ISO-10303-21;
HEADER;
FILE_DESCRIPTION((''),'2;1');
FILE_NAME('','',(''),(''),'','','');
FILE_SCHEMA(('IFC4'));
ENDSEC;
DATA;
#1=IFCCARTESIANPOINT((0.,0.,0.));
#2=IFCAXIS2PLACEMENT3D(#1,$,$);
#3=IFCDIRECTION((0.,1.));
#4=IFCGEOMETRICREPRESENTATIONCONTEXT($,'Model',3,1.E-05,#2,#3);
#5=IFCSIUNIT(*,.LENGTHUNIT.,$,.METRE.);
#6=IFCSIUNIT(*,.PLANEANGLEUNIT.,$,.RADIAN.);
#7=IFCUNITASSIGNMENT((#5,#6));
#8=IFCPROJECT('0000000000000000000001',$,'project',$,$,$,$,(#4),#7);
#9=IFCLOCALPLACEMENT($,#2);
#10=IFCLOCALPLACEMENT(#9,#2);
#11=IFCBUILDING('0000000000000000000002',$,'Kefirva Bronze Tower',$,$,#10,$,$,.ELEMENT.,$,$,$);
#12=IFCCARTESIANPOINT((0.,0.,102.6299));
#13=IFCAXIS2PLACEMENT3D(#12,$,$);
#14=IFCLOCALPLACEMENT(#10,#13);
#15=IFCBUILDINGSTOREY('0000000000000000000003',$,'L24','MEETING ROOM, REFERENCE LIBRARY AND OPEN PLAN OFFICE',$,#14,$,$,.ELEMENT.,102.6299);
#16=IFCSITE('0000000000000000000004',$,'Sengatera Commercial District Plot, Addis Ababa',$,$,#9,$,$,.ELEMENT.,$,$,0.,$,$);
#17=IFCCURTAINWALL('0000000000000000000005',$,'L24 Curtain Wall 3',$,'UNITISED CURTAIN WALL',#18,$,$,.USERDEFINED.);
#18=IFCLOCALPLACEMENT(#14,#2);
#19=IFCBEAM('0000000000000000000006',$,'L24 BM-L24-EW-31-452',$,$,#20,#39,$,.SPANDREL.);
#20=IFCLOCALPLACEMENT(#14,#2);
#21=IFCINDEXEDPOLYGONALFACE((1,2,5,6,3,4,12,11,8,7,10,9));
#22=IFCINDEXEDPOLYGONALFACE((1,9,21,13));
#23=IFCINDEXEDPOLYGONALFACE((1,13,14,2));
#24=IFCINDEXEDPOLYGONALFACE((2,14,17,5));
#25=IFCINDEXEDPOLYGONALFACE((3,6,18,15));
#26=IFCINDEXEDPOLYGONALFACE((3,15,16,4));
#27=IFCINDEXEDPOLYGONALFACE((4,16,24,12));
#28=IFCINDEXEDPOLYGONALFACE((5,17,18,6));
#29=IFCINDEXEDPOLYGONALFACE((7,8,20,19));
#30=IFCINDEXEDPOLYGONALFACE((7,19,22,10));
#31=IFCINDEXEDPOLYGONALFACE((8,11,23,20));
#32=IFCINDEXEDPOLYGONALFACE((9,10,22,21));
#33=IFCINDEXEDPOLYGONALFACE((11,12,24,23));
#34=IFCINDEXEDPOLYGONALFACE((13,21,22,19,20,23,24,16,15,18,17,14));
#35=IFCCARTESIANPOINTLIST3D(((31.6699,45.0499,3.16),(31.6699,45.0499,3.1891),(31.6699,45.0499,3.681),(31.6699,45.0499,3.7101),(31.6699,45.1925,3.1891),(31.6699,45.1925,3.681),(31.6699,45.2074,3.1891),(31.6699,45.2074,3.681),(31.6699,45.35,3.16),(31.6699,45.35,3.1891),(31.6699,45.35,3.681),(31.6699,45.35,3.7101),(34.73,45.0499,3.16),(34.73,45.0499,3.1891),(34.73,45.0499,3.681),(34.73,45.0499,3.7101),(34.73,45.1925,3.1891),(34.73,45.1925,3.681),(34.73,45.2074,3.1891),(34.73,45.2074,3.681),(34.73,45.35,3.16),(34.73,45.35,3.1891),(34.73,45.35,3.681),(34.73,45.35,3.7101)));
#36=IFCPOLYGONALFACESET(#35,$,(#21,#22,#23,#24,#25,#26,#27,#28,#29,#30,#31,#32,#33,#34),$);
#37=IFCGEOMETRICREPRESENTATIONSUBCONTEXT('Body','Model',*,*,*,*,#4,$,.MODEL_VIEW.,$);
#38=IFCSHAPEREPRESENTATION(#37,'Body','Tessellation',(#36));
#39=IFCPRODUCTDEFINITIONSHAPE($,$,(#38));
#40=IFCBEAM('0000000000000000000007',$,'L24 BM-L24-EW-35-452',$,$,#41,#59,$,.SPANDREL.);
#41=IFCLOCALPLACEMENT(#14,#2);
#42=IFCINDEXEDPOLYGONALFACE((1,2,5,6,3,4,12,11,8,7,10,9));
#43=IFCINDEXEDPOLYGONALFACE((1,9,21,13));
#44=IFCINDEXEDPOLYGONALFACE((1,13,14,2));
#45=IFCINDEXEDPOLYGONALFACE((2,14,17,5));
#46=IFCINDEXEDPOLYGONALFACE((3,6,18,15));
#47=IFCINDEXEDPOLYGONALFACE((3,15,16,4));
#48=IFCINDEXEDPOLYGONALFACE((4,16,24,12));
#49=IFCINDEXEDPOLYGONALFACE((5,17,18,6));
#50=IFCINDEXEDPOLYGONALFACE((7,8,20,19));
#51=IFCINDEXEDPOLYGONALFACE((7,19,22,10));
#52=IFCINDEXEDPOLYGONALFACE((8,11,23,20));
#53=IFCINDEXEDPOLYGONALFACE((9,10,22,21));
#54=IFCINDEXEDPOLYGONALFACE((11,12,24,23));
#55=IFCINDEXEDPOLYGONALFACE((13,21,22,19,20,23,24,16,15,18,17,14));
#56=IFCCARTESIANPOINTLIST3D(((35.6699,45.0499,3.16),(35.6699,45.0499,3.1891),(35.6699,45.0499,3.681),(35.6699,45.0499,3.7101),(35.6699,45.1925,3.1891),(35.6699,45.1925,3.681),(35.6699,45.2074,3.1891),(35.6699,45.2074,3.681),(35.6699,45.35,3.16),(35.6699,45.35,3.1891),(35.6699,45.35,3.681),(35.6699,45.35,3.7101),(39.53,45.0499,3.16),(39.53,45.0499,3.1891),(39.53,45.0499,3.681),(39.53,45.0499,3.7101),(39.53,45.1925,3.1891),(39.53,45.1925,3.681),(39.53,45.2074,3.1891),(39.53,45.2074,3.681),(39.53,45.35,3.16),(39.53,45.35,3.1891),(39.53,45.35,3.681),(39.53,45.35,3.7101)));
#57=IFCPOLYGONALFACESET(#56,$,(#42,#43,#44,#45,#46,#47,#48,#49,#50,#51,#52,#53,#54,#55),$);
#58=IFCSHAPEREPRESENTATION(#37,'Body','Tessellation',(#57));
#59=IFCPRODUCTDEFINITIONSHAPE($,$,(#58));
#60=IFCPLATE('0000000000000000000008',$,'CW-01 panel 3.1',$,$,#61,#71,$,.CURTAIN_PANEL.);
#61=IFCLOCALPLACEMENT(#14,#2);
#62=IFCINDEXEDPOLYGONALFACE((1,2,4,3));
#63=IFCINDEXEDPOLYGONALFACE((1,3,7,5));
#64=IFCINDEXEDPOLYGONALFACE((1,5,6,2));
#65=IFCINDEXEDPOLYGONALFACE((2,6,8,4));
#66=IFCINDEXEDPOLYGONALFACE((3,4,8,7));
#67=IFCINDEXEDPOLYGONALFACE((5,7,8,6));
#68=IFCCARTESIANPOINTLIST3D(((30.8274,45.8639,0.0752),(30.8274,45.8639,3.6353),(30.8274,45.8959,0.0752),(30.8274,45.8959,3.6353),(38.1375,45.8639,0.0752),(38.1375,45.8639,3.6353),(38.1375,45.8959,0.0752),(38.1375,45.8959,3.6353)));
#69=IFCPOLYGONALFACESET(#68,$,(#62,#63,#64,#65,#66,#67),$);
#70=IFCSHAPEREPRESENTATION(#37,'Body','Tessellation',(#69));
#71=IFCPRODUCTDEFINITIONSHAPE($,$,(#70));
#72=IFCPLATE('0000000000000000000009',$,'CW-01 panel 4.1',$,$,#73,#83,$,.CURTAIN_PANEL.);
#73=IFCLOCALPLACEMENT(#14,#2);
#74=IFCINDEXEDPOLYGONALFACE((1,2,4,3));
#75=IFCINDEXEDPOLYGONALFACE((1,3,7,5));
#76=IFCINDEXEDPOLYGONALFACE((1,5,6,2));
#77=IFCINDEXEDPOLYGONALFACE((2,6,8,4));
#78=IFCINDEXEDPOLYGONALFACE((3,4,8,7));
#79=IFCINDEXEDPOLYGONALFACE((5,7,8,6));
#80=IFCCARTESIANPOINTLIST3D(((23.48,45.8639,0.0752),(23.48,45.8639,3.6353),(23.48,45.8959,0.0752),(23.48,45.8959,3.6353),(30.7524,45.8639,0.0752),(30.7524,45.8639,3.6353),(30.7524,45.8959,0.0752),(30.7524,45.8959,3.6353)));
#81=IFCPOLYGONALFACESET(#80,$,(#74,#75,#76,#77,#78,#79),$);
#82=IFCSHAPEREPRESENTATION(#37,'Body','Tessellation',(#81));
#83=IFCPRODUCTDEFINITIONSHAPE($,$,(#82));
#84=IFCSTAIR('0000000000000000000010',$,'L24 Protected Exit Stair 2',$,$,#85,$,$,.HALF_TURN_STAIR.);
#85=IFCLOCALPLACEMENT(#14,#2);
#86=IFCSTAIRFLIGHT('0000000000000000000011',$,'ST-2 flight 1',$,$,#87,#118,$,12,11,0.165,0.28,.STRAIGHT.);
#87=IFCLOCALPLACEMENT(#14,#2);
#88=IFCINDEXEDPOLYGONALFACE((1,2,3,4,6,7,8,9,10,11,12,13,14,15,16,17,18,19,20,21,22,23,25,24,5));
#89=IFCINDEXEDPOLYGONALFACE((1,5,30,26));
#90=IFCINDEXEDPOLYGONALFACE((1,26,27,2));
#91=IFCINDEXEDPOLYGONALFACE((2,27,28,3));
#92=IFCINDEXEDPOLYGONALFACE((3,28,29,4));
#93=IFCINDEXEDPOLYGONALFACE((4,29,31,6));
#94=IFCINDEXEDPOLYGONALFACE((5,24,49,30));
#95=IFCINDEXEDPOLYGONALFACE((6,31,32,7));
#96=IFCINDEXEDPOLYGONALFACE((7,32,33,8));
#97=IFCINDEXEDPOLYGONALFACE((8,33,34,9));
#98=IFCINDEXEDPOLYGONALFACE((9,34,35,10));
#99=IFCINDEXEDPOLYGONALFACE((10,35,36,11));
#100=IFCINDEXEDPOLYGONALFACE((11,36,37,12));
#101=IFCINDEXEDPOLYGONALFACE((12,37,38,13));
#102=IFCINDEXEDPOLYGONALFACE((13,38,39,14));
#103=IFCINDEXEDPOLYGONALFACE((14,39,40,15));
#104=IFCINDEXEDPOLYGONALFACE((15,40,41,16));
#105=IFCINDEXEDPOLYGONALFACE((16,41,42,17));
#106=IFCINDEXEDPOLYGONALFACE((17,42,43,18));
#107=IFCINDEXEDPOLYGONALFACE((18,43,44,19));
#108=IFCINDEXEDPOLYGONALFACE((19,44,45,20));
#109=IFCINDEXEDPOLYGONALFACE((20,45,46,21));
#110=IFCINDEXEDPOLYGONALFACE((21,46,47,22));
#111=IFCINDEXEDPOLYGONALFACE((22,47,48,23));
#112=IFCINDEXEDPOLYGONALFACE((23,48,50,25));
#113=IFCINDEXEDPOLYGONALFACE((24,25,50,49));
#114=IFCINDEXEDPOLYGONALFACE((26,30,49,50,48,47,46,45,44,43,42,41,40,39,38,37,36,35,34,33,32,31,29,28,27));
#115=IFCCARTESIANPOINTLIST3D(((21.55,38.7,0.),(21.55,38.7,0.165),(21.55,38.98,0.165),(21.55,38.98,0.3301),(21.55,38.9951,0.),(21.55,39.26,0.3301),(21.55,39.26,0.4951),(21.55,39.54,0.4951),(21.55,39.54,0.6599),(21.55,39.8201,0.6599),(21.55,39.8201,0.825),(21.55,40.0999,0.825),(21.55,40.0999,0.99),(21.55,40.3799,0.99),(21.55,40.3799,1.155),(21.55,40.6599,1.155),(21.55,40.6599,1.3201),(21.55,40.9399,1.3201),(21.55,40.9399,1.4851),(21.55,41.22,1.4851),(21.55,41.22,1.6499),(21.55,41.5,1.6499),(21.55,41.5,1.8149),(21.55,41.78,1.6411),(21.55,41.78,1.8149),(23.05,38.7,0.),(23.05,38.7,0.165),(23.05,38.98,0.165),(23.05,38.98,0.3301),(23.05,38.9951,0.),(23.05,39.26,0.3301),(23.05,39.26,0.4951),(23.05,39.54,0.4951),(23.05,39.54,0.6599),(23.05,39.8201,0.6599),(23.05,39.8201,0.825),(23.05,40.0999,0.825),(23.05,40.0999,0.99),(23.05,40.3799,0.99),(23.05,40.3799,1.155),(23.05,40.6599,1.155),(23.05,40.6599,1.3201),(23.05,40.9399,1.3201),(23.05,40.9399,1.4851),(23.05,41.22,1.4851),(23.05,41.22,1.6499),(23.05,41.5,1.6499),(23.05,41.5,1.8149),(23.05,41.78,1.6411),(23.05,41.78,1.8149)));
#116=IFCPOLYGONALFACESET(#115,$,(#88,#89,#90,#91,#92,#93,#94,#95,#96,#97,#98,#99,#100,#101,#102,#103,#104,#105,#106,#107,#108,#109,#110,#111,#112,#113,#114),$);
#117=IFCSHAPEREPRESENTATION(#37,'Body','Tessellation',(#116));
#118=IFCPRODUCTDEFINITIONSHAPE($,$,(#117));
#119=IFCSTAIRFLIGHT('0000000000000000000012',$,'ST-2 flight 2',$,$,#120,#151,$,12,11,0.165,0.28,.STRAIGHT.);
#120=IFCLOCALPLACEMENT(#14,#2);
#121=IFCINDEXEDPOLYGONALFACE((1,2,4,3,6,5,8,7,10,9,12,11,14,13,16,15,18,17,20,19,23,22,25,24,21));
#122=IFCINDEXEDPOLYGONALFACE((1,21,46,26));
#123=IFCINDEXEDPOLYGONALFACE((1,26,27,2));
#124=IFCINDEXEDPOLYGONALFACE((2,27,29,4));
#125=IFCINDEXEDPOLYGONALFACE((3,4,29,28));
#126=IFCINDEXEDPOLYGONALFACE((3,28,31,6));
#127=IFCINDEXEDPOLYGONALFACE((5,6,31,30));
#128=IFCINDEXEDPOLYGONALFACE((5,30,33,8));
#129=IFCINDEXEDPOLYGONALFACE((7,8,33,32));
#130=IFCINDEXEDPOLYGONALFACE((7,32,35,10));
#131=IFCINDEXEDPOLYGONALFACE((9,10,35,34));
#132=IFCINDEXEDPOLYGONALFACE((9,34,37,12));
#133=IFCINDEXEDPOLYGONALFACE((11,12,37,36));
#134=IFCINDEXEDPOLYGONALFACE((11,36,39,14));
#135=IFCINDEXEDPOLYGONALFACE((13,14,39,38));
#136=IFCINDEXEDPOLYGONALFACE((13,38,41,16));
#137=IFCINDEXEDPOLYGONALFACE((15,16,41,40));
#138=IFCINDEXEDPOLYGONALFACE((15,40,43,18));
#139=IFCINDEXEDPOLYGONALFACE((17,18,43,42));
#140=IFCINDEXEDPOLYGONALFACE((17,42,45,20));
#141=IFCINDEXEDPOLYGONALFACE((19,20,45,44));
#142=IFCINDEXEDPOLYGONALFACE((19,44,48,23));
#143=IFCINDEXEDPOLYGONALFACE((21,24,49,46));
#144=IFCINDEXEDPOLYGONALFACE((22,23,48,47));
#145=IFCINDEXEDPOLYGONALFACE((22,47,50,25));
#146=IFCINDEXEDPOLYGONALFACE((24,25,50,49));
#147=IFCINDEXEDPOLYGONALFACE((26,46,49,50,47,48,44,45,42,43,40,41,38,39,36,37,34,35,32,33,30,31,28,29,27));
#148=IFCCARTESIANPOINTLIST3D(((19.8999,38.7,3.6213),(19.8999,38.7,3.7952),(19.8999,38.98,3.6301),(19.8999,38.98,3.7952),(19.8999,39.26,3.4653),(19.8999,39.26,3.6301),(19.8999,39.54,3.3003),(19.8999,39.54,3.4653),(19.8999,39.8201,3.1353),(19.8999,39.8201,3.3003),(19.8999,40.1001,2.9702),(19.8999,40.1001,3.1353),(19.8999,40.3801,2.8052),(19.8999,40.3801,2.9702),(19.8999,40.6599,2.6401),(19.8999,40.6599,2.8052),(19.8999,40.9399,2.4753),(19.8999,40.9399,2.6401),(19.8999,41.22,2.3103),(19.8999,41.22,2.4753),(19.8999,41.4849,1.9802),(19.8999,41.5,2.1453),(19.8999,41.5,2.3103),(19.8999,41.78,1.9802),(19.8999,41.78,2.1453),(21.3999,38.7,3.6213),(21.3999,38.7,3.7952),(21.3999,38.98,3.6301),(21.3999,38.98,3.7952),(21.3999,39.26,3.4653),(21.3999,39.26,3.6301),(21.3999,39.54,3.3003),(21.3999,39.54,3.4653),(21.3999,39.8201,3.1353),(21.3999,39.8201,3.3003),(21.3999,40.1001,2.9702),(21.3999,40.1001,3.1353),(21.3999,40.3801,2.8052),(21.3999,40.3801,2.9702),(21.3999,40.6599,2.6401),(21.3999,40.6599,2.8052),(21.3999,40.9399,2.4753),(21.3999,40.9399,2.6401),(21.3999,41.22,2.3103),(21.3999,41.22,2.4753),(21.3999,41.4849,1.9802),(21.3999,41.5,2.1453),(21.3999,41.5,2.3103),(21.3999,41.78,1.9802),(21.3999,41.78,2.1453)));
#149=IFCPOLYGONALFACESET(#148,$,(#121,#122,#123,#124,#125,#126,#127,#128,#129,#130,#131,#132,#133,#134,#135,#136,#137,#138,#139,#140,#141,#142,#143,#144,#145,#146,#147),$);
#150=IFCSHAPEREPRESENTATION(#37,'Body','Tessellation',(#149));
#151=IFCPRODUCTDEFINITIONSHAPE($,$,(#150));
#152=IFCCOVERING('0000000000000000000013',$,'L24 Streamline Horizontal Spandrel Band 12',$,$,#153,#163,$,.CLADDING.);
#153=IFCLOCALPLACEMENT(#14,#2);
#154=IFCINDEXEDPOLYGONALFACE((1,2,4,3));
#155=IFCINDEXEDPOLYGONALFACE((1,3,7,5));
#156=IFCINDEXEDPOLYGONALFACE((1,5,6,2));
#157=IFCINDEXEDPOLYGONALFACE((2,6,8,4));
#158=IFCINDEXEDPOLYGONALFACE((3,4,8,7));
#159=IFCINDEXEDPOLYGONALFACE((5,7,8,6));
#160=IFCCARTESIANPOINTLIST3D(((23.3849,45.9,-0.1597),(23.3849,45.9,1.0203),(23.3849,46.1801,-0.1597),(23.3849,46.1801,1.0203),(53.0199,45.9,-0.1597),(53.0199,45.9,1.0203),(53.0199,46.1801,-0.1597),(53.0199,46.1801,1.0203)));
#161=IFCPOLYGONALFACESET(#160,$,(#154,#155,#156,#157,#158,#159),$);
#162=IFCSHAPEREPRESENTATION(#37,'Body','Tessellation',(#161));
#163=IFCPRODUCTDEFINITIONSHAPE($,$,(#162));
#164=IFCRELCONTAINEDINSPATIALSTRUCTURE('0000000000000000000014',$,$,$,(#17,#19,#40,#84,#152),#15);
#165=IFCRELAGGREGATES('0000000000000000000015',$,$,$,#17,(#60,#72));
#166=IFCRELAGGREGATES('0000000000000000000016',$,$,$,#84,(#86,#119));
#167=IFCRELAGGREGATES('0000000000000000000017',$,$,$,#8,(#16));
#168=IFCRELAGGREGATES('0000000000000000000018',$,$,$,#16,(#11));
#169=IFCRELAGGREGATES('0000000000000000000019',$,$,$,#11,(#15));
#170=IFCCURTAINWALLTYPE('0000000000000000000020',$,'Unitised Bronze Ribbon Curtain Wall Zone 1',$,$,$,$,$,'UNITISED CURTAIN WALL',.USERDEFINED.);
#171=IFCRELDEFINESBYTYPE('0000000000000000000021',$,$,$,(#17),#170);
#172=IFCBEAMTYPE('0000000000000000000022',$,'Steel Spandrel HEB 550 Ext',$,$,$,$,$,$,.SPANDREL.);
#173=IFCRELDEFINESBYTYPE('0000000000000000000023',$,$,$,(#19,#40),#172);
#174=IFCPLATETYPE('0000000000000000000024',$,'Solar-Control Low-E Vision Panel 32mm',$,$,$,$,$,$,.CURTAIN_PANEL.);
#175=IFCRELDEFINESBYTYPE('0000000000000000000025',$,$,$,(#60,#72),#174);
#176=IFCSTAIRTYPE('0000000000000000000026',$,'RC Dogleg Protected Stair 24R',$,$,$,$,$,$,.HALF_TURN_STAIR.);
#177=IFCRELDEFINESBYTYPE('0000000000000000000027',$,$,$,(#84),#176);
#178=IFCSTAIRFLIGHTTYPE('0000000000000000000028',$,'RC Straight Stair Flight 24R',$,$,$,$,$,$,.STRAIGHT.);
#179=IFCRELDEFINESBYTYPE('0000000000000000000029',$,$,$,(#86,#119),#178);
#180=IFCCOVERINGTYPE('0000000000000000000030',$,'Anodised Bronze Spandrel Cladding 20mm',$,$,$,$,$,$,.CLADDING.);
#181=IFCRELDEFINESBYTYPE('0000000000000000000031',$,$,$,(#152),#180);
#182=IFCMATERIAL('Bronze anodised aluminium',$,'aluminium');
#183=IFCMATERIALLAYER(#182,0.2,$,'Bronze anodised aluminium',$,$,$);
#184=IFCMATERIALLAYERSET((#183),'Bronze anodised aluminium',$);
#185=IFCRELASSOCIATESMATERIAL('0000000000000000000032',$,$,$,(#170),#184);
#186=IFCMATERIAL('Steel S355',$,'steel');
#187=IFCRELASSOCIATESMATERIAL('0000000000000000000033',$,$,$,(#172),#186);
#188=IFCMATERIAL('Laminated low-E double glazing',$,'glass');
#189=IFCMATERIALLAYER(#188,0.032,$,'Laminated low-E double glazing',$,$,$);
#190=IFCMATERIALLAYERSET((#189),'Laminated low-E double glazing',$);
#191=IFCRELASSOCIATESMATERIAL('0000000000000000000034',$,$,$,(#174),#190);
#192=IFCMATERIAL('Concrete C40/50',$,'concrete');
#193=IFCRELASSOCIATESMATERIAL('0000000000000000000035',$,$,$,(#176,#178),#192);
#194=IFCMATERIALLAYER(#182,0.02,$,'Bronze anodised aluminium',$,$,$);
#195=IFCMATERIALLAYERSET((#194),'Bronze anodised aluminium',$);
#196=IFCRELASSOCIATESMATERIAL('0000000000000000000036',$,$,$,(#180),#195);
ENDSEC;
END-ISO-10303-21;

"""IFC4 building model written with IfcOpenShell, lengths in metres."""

from ifc_helpers import new_model, si_unit, direction, frame, origin, origin_2d, place, context, subcontext, project, spatial, polyline, rectangle, i_section, outline, extrude, material, layer, layer_set, material_profile, profile_set, type_object, element, aggregate, save


model = new_model("IFC4")

# Units and contexts
model_context = context("Model", 3, precision=1e-05, world=origin(), true_north=direction((0.0, 1.0)))
body_context = subcontext(model_context, "Body", "Model", "MODEL_VIEW")
ifc_project = project(units=[si_unit("LENGTHUNIT", "METRE"), si_unit("PLANEANGLEUNIT", "RADIAN")], contexts=[model_context])

# Site, building, storey
site_placement = place(None, origin())
site = spatial("IfcSite", under=ifc_project, at=site_placement, Name="Sengatera Commercial District Plot, Addis Ababa", CompositionType="ELEMENT", RefElevation=0.0)
building_placement = place(site_placement, origin())
building = spatial("IfcBuilding", under=site, at=building_placement, Name="Kefirva Bronze Tower", CompositionType="ELEMENT")
storey_placement = place(building_placement, frame((0.0, 0.0, 102.6299)))
storey = spatial("IfcBuildingStorey", under=building, at=storey_placement, Name="L24", Description="MEETING ROOM, REFERENCE LIBRARY AND OPEN PLAN OFFICE", CompositionType="ELEMENT", Elevation=102.6299)

# Curtain wall
ifc_material_1 = material(Name="Bronze anodised aluminium", Category="aluminium")
ifc_layer_1 = layer(ifc_material_1, 0.2, Name="Bronze anodised aluminium")
ifc_layer_set_1 = layer_set([ifc_layer_1], Name="Bronze anodised aluminium")
curtain_wall_type = type_object("IfcCurtainWallType", Name="Unitised Bronze Ribbon Curtain Wall Zone 1", ElementType="UNITISED CURTAIN WALL", PredefinedType="USERDEFINED", material=ifc_layer_set_1)
curtain_wall_placement = place(storey_placement, origin())
curtain_wall = element("IfcCurtainWall", 1, at=curtain_wall_placement, inside=storey, type_object=curtain_wall_type, Name="L24 Curtain Wall 3", ObjectType="UNITISED CURTAIN WALL", PredefinedType="USERDEFINED")

# Beams
ifc_material_2 = material(Name="Steel S355", Category="steel")
ifc_material_profile_1 = material_profile(ifc_material_2, i_section(OverallWidth=0.3, OverallDepth=0.55, WebThickness=0.0149, FlangeThickness=0.0291, at=origin_2d()), Name="HEB 550")
ifc_profile_set_1 = profile_set([ifc_material_profile_1], Name="Steel S355")
beam_type_1 = type_object("IfcBeamType", Name="Steel Spandrel HEB 550 Ext", PredefinedType="SPANDREL", material=ifc_profile_set_1)
beam_1_placement = place(storey_placement, frame((31.6699, 45.2, 3.4351), z_axis=(1.0, 0.0, 0.0), x_axis=(0.0, 1.0, 0.0)))
element("IfcBeam", 2, at=beam_1_placement, inside=storey, type_object=beam_type_1, Name="L24 BM-L24-EW-31-452", PredefinedType="SPANDREL", context=body_context, shape_type="SweptSolid", body=[
    extrude(i_section(OverallWidth=0.3, OverallDepth=0.55, WebThickness=0.0149, FlangeThickness=0.0291, at=origin_2d()), origin(), (0.0, 0.0, 1.0), 3.0601),
])
beam_2_placement = place(storey_placement, frame((35.6699, 45.2, 3.4351), z_axis=(1.0, 0.0, 0.0), x_axis=(0.0, 1.0, 0.0)))
element("IfcBeam", 3, at=beam_2_placement, inside=storey, type_object=beam_type_1, Name="L24 BM-L24-EW-35-452", PredefinedType="SPANDREL", context=body_context, shape_type="SweptSolid", body=[
    extrude(i_section(OverallWidth=0.3, OverallDepth=0.55, WebThickness=0.0149, FlangeThickness=0.0291, at=origin_2d()), origin(), (0.0, 0.0, 1.0), 3.8601),
])

# Plates
ifc_material_3 = material(Name="Laminated low-E double glazing", Category="glass")
ifc_layer_2 = layer(ifc_material_3, 0.032, Name="Laminated low-E double glazing")
ifc_layer_set_2 = layer_set([ifc_layer_2], Name="Laminated low-E double glazing")
plate_type = type_object("IfcPlateType", Name="Solar-Control Low-E Vision Panel 32mm", PredefinedType="CURTAIN_PANEL", material=ifc_layer_set_2)
plate_1_placement = place(storey_placement, frame((34.4824, 45.8799, 0.0752), z_axis=(0.0, 0.0, 1.0), x_axis=(-1.0, 0.0, 0.0)))
plate_1 = element("IfcPlate", 4, at=plate_1_placement, type_object=plate_type, Name="CW-01 panel 3.1", PredefinedType="CURTAIN_PANEL", context=body_context, shape_type="SweptSolid", body=[
    extrude(rectangle(XDim=7.3101, YDim=0.032, at=origin_2d()), origin(), (0.0, 0.0, 1.0), 3.5601),
])
plate_2_placement = place(storey_placement, frame((27.1162, 45.8799, 0.0752), z_axis=(0.0, 0.0, 1.0), x_axis=(-1.0, 0.0, 0.0)))
plate_2 = element("IfcPlate", 5, at=plate_2_placement, type_object=plate_type, Name="CW-01 panel 4.1", PredefinedType="CURTAIN_PANEL", context=body_context, shape_type="SweptSolid", body=[
    extrude(rectangle(XDim=7.2725, YDim=0.032, at=origin_2d()), origin(), (0.0, 0.0, 1.0), 3.5601),
])
aggregate(curtain_wall, [plate_1, plate_2])

# Stair, stair flights
ifc_material_4 = material(Name="Concrete C40/50", Category="concrete")
stair_type = type_object("IfcStairType", Name="RC Dogleg Protected Stair 24R", PredefinedType="HALF_TURN_STAIR", material=ifc_material_4)
stair_placement = place(storey_placement, origin())
stair = element("IfcStair", 6, at=stair_placement, inside=storey, type_object=stair_type, Name="L24 Protected Exit Stair 2", PredefinedType="HALF_TURN_STAIR")
stair_flight_type = type_object("IfcStairFlightType", Name="RC Straight Stair Flight 24R", PredefinedType="STRAIGHT", material=ifc_material_4)
stair_flight_1_placement = place(storey_placement, frame((22.3, 38.7, 0.0), z_axis=(0.0, 0.0, 1.0), x_axis=(0.0, 1.0, 0.0)))
stair_flight_1 = element("IfcStairFlight", 7, at=stair_flight_1_placement, type_object=stair_flight_type, Name="ST-2 flight 1", NumberOfRisers=12, NumberOfTreads=11, PredefinedType="STRAIGHT", RiserHeight=0.165, TreadLength=0.28, context=body_context, shape_type="SweptSolid", body=[
    extrude(outline(polyline([(0.0, 0.0), (0.0, 0.165), (0.28, 0.165), (0.28, 0.3301), (0.5601, 0.3301), (0.5601, 0.4951), (0.8401, 0.4951), (0.8401, 0.6599), (1.1201, 0.6599), (1.1201, 0.825), (1.3999, 0.825), (1.3999, 0.99), (1.6799, 0.99), (1.6799, 1.155), (1.96, 1.155), (1.96, 1.3201), (2.24, 1.3201), (2.24, 1.4851), (2.52, 1.4851), (2.52, 1.6499), (2.8, 1.6499), (2.8, 1.8149), (3.0801, 1.8149), (3.0801, 1.98), (3.0801, 1.6411), (0.2952, 0.0), (0.0, 0.0)])), frame((0.0, 0.75, 0.0), z_axis=(0.0, -1.0, 0.0), x_axis=(1.0, 0.0, 0.0)), (0.0, 0.0, 1.0), 1.5),
])
stair_flight_2_placement = place(storey_placement, frame((20.6499, 41.78, 1.9802), z_axis=(0.0, 0.0, 1.0), x_axis=(0.0, -1.0, 0.0)))
stair_flight_2 = element("IfcStairFlight", 8, at=stair_flight_2_placement, type_object=stair_flight_type, Name="ST-2 flight 2", NumberOfRisers=12, NumberOfTreads=11, PredefinedType="STRAIGHT", RiserHeight=0.165, TreadLength=0.28, context=body_context, shape_type="SweptSolid", body=[
    extrude(outline(polyline([(0.0, 0.0), (0.0, 0.165), (0.28, 0.165), (0.28, 0.3301), (0.5601, 0.3301), (0.5601, 0.4951), (0.8401, 0.4951), (0.8401, 0.6599), (1.1201, 0.6599), (1.1201, 0.825), (1.3999, 0.825), (1.3999, 0.99), (1.6799, 0.99), (1.6799, 1.155), (1.96, 1.155), (1.96, 1.3201), (2.24, 1.3201), (2.24, 1.4851), (2.52, 1.4851), (2.52, 1.6499), (2.8, 1.6499), (2.8, 1.8149), (3.0801, 1.8149), (3.0801, 1.98), (3.0801, 1.6411), (0.2952, 0.0), (0.0, 0.0)])), frame((0.0, 0.75, 0.0), z_axis=(0.0, -1.0, 0.0), x_axis=(1.0, 0.0, 0.0)), (0.0, 0.0, 1.0), 1.5),
])
aggregate(stair, [stair_flight_1, stair_flight_2])

# Covering
ifc_layer_3 = layer(ifc_material_1, 0.02, Name="Bronze anodised aluminium")
ifc_layer_set_3 = layer_set([ifc_layer_3], Name="Bronze anodised aluminium")
covering_type_1 = type_object("IfcCoveringType", Name="Anodised Bronze Spandrel Cladding 20mm", PredefinedType="CLADDING", material=ifc_layer_set_3)
covering_1_placement = place(storey_placement, frame((38.2024, 46.04, -0.1597), z_axis=(0.0, 0.0, 1.0), x_axis=(-1.0, 0.0, 0.0)))
element("IfcCovering", 9, at=covering_1_placement, inside=storey, type_object=covering_type_1, Name="L24 Streamline Horizontal Spandrel Band 12", PredefinedType="CLADDING", context=body_context, shape_type="SweptSolid", body=[
    extrude(rectangle(XDim=29.635, YDim=0.28, at=origin_2d()), origin(), (0.0, 0.0, 1.0), 1.1799),
])

save(model, "model.ifc")
